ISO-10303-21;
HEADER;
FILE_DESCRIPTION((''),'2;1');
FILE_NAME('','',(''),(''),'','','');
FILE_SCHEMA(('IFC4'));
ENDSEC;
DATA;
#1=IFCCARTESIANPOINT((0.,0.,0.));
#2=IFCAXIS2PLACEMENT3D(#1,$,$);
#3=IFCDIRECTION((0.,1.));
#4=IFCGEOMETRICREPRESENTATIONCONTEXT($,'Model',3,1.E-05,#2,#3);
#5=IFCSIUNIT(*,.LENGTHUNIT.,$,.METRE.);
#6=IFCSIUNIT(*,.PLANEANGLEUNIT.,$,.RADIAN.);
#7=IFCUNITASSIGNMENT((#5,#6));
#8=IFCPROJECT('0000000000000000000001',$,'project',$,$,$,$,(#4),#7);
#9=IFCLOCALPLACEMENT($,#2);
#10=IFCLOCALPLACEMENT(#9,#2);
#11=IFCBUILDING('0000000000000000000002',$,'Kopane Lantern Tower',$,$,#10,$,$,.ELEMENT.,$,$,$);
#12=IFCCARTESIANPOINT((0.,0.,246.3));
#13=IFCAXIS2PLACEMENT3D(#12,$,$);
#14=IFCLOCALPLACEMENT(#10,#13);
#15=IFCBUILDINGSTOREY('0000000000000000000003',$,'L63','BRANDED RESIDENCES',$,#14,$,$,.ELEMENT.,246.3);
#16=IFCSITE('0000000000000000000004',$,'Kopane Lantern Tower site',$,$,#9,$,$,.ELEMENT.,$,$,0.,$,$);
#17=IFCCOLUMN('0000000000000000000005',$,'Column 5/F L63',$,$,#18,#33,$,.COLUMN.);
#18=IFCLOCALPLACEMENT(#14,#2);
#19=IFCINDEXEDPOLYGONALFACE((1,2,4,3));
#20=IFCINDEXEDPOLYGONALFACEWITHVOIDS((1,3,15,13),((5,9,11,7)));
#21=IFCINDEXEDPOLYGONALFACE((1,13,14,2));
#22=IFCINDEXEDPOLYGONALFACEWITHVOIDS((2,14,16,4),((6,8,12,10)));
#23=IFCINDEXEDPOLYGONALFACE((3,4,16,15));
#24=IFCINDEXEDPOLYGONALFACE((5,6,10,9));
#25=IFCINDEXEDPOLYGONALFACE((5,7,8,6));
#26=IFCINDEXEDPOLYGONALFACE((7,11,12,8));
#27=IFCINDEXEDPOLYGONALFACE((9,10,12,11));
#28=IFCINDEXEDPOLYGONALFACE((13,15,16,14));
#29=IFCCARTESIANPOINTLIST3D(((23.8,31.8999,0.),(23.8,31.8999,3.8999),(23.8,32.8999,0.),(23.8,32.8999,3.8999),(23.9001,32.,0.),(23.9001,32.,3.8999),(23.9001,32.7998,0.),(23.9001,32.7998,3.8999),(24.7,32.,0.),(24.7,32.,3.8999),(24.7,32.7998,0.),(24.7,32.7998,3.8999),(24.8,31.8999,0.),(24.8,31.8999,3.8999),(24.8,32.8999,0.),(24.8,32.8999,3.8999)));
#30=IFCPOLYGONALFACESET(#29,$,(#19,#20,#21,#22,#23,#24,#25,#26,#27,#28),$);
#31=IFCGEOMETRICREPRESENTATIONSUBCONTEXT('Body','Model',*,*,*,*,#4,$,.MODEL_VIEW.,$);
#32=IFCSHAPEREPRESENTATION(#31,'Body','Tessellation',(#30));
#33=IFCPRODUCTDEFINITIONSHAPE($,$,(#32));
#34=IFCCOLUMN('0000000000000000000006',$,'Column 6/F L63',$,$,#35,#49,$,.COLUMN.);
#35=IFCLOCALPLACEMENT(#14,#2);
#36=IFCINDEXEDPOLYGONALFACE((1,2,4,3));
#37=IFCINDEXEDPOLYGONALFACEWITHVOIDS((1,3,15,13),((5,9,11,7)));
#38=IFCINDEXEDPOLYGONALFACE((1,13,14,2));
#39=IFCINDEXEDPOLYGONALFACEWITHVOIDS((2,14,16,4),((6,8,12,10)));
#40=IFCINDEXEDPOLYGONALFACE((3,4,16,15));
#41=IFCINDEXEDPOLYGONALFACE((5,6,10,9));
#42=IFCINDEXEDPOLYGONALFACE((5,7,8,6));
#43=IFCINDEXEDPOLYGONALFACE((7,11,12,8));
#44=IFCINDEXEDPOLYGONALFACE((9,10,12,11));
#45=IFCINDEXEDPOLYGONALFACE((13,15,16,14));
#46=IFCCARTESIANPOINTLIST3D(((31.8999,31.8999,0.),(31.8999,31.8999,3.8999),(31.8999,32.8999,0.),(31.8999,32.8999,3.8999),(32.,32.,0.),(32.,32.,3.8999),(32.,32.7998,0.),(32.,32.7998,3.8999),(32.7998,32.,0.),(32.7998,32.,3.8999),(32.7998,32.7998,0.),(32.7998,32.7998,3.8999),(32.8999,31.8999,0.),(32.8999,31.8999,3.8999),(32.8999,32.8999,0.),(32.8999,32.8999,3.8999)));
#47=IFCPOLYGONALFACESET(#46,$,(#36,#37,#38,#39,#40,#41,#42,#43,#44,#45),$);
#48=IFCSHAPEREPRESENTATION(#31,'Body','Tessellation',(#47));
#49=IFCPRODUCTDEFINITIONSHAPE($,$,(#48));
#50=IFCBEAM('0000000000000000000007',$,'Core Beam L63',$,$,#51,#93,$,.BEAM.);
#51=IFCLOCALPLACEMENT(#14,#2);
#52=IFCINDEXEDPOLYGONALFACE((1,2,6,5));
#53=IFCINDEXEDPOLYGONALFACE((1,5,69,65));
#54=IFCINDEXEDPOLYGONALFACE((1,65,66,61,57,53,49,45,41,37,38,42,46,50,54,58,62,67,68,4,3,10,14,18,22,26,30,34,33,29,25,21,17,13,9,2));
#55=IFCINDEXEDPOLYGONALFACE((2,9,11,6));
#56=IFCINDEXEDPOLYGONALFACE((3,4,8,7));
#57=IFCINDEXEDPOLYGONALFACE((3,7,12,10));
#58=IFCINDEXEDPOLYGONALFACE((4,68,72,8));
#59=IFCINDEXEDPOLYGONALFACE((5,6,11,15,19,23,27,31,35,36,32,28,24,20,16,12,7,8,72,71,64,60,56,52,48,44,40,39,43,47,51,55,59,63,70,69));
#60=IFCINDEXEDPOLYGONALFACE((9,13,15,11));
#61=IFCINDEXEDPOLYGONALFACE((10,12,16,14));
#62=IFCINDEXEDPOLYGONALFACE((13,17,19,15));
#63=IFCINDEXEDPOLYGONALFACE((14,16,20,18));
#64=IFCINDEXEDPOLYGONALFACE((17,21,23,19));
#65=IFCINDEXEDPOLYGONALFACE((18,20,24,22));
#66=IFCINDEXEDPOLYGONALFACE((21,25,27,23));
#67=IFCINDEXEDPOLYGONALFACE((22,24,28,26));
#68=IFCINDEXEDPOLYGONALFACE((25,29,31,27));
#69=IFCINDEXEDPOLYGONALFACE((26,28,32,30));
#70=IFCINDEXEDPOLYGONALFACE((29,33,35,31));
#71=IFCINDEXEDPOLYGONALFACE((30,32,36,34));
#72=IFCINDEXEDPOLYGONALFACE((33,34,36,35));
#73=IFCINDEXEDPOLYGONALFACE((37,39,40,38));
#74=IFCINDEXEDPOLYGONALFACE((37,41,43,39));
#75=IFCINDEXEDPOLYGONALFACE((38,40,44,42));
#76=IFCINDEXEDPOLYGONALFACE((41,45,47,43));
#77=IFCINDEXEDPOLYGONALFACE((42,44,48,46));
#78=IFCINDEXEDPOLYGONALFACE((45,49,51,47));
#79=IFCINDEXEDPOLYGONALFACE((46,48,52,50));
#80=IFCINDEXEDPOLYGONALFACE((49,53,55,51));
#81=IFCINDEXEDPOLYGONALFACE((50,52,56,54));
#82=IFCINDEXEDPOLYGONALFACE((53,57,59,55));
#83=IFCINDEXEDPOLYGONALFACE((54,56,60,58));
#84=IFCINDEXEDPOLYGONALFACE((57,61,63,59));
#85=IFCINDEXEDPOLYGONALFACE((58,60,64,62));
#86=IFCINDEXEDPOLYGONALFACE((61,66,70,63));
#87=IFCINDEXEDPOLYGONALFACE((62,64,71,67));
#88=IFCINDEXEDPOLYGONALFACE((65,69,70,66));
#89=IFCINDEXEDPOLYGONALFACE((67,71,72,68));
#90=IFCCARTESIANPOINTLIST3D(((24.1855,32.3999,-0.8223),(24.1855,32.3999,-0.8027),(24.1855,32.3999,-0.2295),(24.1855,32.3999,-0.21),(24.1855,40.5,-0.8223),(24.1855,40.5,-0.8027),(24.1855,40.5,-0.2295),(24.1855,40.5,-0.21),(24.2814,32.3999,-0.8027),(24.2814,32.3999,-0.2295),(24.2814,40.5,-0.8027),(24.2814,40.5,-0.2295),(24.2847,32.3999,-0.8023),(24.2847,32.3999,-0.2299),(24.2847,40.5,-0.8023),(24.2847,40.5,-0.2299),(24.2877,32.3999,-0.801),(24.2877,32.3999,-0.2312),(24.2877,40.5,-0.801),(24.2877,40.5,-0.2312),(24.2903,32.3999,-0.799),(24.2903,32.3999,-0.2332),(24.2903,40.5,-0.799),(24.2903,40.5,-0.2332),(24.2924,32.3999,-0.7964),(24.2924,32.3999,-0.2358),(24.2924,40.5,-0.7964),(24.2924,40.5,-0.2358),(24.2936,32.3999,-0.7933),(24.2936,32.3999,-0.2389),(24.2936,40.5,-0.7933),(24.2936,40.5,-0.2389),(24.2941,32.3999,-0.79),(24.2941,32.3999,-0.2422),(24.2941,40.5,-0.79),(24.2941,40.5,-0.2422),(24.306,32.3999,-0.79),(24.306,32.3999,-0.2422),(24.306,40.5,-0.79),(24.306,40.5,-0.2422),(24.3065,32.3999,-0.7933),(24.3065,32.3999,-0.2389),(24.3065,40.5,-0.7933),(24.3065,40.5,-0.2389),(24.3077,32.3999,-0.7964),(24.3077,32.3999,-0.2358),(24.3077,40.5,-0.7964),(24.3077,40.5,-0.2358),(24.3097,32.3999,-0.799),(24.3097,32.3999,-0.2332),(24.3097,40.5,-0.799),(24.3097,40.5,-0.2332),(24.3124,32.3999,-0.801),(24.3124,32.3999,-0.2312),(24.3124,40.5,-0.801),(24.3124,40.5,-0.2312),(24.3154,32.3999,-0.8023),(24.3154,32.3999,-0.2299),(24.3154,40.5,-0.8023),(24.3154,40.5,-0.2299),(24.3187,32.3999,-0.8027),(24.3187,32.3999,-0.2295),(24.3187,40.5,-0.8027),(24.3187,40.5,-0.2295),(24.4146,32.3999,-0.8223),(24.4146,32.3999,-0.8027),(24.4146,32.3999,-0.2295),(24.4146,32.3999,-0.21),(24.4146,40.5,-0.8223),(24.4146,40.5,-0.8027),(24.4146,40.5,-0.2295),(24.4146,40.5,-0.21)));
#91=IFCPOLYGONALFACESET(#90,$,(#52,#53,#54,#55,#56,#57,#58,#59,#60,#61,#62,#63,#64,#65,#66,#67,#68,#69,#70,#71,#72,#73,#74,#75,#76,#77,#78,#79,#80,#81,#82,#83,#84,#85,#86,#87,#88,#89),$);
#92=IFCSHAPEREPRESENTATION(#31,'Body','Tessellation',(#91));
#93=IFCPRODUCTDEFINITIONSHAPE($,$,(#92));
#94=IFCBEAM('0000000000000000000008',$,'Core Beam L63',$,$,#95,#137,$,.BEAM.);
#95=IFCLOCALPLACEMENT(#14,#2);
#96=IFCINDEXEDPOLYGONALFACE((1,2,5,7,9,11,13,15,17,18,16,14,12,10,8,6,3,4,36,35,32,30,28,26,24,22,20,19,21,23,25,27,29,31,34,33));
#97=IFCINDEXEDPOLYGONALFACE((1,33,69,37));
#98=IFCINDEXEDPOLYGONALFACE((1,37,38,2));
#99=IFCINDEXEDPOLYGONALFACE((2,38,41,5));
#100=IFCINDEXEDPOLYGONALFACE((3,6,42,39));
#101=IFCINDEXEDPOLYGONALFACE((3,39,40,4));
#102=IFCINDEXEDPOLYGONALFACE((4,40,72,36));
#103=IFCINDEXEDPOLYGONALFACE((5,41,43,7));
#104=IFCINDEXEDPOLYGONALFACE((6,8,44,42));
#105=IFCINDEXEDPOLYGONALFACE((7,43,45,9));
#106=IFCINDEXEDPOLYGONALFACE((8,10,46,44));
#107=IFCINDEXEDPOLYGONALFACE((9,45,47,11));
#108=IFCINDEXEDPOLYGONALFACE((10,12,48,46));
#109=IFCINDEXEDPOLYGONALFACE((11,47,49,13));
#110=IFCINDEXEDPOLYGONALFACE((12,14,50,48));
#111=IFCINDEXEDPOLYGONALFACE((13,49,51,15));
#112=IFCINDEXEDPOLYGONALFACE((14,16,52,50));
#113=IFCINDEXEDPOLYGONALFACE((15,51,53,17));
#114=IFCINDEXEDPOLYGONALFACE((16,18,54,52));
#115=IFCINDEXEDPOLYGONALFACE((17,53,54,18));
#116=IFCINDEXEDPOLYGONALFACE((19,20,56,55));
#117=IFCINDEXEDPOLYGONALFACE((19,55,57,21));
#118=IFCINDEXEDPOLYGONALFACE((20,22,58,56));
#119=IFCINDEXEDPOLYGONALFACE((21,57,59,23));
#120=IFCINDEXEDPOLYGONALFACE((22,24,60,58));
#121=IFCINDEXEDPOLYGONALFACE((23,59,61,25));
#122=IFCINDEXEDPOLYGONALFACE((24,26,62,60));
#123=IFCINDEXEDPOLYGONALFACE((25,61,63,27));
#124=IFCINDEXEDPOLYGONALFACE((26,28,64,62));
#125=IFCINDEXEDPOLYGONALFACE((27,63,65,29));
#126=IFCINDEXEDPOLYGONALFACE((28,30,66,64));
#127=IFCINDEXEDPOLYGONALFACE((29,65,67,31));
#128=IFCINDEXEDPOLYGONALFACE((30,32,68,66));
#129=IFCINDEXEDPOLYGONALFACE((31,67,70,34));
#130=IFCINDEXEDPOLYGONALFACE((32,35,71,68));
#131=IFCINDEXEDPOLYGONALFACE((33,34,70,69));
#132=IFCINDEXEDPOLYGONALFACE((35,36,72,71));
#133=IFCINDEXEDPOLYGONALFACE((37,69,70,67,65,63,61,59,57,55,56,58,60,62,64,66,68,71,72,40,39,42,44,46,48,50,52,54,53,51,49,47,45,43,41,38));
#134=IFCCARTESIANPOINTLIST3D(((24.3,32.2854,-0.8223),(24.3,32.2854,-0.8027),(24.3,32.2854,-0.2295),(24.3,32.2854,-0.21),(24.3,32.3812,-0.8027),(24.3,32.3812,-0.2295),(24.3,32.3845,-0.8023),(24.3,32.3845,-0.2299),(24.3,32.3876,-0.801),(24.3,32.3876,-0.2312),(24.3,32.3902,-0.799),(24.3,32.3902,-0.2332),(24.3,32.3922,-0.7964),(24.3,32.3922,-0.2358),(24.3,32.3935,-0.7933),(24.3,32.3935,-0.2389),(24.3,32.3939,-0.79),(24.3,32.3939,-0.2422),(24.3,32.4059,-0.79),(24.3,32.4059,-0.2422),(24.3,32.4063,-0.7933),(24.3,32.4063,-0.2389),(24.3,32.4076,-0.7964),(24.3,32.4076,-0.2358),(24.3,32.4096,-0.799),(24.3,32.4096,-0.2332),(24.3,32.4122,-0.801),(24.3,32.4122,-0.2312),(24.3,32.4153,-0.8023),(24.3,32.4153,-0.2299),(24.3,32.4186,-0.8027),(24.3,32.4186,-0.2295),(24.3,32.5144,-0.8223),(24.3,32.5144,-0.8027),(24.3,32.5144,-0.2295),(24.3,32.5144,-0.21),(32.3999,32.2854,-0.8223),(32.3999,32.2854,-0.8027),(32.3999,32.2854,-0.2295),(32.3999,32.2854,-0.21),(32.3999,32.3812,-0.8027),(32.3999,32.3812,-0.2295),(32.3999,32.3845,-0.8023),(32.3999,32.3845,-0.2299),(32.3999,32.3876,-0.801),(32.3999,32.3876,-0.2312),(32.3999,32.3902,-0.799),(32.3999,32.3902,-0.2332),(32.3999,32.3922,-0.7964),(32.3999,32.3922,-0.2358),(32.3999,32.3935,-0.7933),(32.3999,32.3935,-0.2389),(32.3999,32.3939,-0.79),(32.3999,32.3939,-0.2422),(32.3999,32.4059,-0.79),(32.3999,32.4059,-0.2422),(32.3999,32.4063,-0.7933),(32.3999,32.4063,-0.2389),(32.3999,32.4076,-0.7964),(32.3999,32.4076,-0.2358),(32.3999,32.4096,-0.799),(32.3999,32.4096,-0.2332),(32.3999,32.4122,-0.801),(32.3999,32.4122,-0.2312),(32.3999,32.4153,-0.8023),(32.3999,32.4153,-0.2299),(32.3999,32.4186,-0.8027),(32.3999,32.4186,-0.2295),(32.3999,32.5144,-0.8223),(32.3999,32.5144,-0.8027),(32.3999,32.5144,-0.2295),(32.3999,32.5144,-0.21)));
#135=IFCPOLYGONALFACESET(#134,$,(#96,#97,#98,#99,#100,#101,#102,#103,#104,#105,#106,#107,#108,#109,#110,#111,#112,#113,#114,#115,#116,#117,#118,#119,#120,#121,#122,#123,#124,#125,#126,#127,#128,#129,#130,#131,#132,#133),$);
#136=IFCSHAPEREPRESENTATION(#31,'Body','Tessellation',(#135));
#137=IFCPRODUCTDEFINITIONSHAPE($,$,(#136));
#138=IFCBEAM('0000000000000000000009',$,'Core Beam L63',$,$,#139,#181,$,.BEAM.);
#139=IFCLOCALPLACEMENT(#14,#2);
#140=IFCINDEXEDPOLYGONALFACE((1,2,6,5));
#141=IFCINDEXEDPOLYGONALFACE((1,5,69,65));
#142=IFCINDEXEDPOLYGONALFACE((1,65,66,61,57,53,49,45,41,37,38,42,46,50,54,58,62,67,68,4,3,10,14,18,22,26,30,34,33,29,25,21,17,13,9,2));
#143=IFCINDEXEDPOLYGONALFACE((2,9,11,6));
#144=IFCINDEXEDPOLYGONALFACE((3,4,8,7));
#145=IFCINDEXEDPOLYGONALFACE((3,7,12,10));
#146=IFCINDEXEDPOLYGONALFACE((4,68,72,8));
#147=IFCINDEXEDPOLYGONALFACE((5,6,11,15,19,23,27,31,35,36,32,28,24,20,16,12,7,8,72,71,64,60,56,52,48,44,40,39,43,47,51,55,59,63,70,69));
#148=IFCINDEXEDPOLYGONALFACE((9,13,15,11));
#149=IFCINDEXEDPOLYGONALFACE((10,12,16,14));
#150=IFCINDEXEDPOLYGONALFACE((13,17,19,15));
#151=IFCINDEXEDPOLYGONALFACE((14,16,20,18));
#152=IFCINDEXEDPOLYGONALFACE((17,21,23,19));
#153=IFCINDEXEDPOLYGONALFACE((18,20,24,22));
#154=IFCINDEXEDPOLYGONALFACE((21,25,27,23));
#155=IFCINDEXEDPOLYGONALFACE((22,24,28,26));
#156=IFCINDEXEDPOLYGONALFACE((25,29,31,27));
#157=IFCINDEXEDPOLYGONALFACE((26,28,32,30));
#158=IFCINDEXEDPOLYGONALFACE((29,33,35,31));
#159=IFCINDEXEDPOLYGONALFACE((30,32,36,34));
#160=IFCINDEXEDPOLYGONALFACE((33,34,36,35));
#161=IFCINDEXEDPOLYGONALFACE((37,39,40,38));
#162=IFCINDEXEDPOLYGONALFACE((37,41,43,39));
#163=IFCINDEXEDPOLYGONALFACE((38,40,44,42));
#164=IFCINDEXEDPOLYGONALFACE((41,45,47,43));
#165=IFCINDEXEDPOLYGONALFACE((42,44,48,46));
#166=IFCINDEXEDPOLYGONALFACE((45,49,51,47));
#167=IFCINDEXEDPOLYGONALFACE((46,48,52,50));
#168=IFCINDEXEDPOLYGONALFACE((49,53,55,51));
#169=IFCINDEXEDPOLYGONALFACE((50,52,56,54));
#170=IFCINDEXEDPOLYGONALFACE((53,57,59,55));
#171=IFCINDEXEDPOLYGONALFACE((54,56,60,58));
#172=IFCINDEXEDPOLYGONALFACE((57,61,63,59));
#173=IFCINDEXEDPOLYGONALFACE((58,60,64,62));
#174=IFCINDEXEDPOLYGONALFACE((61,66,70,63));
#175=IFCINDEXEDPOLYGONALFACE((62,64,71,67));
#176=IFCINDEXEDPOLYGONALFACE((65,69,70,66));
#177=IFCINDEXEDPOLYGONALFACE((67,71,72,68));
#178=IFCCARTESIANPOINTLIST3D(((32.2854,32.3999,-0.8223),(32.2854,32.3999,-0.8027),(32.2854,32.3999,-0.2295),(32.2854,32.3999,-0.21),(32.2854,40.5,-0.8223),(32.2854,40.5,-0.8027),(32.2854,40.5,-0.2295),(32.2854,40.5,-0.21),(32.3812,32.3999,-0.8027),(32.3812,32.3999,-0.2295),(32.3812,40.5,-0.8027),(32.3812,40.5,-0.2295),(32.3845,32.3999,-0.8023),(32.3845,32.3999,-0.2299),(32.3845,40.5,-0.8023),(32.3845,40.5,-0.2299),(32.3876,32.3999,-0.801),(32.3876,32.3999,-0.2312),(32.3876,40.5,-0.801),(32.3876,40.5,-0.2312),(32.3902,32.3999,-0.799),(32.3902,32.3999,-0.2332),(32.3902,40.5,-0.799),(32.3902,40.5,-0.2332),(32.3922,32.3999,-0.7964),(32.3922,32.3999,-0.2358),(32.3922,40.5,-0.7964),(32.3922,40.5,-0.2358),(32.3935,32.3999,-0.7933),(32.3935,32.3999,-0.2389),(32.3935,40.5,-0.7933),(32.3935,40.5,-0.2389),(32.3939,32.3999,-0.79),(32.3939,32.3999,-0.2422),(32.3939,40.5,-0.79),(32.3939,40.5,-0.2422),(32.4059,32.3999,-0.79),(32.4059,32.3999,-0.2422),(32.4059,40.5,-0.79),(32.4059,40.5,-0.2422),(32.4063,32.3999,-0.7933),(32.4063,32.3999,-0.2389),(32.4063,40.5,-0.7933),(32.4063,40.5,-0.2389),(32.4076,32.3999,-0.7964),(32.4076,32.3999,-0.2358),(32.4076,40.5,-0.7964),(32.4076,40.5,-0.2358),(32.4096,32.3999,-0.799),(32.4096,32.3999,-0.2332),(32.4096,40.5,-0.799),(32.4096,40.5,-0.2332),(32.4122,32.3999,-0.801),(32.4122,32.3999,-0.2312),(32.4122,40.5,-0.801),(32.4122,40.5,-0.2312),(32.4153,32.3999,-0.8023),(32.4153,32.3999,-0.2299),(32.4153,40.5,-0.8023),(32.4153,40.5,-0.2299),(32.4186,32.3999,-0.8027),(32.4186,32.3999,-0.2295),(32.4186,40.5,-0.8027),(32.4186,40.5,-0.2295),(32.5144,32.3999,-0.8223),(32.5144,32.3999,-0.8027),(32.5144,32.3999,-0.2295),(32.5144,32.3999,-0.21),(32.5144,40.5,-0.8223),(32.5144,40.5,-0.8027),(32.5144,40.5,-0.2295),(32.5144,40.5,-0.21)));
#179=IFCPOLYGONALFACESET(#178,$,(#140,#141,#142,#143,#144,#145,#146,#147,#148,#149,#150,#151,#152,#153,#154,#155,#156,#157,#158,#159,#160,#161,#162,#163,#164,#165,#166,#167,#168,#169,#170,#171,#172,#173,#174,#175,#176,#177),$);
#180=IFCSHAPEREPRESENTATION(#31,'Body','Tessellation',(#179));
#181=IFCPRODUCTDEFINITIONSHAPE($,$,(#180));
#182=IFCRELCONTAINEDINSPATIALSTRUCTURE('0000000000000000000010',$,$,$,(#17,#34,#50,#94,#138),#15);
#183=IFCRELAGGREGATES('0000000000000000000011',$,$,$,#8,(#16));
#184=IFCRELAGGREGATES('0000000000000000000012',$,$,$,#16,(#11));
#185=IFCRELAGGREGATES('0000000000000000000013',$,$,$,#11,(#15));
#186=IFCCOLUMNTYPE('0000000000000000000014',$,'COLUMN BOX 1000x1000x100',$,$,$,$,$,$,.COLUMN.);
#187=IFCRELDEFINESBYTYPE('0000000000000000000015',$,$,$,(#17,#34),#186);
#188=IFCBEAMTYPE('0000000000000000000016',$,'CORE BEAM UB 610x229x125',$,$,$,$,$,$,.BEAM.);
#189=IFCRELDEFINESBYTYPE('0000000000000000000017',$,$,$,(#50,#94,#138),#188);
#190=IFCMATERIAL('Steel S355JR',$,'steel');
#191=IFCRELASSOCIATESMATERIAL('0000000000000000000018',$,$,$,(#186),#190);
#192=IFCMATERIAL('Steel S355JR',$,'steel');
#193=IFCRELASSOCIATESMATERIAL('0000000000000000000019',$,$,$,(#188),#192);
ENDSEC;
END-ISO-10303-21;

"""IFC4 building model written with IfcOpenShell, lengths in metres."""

from ifc_helpers import new_model, si_unit, direction, frame, origin, origin_2d, place, context, subcontext, project, spatial, hollow_rectangle, i_section, extrude, material, material_profile, profile_set, type_object, element, save


model = new_model("IFC4")

# Units and contexts
model_context = context("Model", 3, precision=1e-05, world=origin(), true_north=direction((0.0, 1.0)))
body_context = subcontext(model_context, "Body", "Model", "MODEL_VIEW")
ifc_project = project(units=[si_unit("LENGTHUNIT", "METRE"), si_unit("PLANEANGLEUNIT", "RADIAN")], contexts=[model_context])

# Site, building, storey
site_placement = place(None, origin())
site = spatial("IfcSite", under=ifc_project, at=site_placement, Name="Kopane Lantern Tower site", CompositionType="ELEMENT", RefElevation=0.0)
building_placement = place(site_placement, origin())
building = spatial("IfcBuilding", under=site, at=building_placement, Name="Kopane Lantern Tower", CompositionType="ELEMENT")
storey_placement = place(building_placement, frame((0.0, 0.0, 246.3)))
storey = spatial("IfcBuildingStorey", under=building, at=storey_placement, Name="L63", Description="BRANDED RESIDENCES", CompositionType="ELEMENT", Elevation=246.3)

# Columns
ifc_material_1 = material(Name="Steel S355JR", Category="steel")
ifc_material_profile_1 = material_profile(ifc_material_1, hollow_rectangle(XDim=1.0, YDim=1.0, WallThickness=0.1001, at=origin_2d()), Name="BOX 1000x1000x100")
ifc_profile_set_1 = profile_set([ifc_material_profile_1], Name="Steel S355JR")
column_type = type_object("IfcColumnType", Name="COLUMN BOX 1000x1000x100", PredefinedType="COLUMN", material=ifc_profile_set_1)
for number, where, z_axis, x_axis, name in (
    (1, (24.3, 32.3999, 0.0), (0.0, 0.0, 1.0), (1.0, 0.0, 0.0), "Column 5/F L63"),
    (2, (32.3999, 32.3999, 0.0), (0.0, 0.0, 1.0), (1.0, 0.0, 0.0), "Column 6/F L63"),
):
    element("IfcColumn", number, at=place(storey_placement, frame(where, z_axis=z_axis, x_axis=x_axis)), inside=storey, type_object=column_type, Name=name, PredefinedType="COLUMN", context=body_context, shape_type="SweptSolid", body=[
        extrude(hollow_rectangle(XDim=1.0, YDim=1.0, WallThickness=0.1001, at=origin_2d()), origin(), (0.0, 0.0, 1.0), 3.8999),
    ])

# Beams
ifc_material_2 = material(Name="Steel S355JR", Category="steel")
ifc_material_profile_2 = material_profile(ifc_material_2, i_section(OverallWidth=0.229, OverallDepth=0.6123, WebThickness=0.012, FlangeThickness=0.0195, FilletRadius=0.0127, at=origin_2d()), Name="UB 610x229x125")
ifc_profile_set_2 = profile_set([ifc_material_profile_2], Name="Steel S355JR")
beam_type = type_object("IfcBeamType", Name="CORE BEAM UB 610x229x125", PredefinedType="BEAM", material=ifc_profile_set_2)
beam_1_placement = place(storey_placement, frame((24.3, 32.3999, -0.5161), z_axis=(0.0, 1.0, 0.0), x_axis=(-1.0, 0.0, 0.0)))
element("IfcBeam", 3, at=beam_1_placement, inside=storey, type_object=beam_type, Name="Core Beam L63", PredefinedType="BEAM", context=body_context, shape_type="SweptSolid", body=[
    extrude(i_section(OverallWidth=0.229, OverallDepth=0.6123, WebThickness=0.012, FlangeThickness=0.0195, FilletRadius=0.0127, at=origin_2d()), origin(), (0.0, 0.0, 1.0), 8.1001),
])
beam_2_placement = place(storey_placement, frame((24.3, 32.3999, -0.5161), z_axis=(1.0, 0.0, 0.0), x_axis=(0.0, 1.0, 0.0)))
element("IfcBeam", 4, at=beam_2_placement, inside=storey, type_object=beam_type, Name="Core Beam L63", PredefinedType="BEAM", context=body_context, shape_type="SweptSolid", body=[
    extrude(i_section(OverallWidth=0.229, OverallDepth=0.6123, WebThickness=0.012, FlangeThickness=0.0195, FilletRadius=0.0127, at=origin_2d()), origin(), (0.0, 0.0, 1.0), 8.0999),
])
beam_3_placement = place(storey_placement, frame((32.3999, 32.3999, -0.5161), z_axis=(0.0, 1.0, 0.0), x_axis=(-1.0, 0.0, 0.0)))
element("IfcBeam", 5, at=beam_3_placement, inside=storey, type_object=beam_type, Name="Core Beam L63", PredefinedType="BEAM", context=body_context, shape_type="SweptSolid", body=[
    extrude(i_section(OverallWidth=0.229, OverallDepth=0.6123, WebThickness=0.012, FlangeThickness=0.0195, FilletRadius=0.0127, at=origin_2d()), origin(), (0.0, 0.0, 1.0), 8.1001),
])

save(model, "model.ifc")
